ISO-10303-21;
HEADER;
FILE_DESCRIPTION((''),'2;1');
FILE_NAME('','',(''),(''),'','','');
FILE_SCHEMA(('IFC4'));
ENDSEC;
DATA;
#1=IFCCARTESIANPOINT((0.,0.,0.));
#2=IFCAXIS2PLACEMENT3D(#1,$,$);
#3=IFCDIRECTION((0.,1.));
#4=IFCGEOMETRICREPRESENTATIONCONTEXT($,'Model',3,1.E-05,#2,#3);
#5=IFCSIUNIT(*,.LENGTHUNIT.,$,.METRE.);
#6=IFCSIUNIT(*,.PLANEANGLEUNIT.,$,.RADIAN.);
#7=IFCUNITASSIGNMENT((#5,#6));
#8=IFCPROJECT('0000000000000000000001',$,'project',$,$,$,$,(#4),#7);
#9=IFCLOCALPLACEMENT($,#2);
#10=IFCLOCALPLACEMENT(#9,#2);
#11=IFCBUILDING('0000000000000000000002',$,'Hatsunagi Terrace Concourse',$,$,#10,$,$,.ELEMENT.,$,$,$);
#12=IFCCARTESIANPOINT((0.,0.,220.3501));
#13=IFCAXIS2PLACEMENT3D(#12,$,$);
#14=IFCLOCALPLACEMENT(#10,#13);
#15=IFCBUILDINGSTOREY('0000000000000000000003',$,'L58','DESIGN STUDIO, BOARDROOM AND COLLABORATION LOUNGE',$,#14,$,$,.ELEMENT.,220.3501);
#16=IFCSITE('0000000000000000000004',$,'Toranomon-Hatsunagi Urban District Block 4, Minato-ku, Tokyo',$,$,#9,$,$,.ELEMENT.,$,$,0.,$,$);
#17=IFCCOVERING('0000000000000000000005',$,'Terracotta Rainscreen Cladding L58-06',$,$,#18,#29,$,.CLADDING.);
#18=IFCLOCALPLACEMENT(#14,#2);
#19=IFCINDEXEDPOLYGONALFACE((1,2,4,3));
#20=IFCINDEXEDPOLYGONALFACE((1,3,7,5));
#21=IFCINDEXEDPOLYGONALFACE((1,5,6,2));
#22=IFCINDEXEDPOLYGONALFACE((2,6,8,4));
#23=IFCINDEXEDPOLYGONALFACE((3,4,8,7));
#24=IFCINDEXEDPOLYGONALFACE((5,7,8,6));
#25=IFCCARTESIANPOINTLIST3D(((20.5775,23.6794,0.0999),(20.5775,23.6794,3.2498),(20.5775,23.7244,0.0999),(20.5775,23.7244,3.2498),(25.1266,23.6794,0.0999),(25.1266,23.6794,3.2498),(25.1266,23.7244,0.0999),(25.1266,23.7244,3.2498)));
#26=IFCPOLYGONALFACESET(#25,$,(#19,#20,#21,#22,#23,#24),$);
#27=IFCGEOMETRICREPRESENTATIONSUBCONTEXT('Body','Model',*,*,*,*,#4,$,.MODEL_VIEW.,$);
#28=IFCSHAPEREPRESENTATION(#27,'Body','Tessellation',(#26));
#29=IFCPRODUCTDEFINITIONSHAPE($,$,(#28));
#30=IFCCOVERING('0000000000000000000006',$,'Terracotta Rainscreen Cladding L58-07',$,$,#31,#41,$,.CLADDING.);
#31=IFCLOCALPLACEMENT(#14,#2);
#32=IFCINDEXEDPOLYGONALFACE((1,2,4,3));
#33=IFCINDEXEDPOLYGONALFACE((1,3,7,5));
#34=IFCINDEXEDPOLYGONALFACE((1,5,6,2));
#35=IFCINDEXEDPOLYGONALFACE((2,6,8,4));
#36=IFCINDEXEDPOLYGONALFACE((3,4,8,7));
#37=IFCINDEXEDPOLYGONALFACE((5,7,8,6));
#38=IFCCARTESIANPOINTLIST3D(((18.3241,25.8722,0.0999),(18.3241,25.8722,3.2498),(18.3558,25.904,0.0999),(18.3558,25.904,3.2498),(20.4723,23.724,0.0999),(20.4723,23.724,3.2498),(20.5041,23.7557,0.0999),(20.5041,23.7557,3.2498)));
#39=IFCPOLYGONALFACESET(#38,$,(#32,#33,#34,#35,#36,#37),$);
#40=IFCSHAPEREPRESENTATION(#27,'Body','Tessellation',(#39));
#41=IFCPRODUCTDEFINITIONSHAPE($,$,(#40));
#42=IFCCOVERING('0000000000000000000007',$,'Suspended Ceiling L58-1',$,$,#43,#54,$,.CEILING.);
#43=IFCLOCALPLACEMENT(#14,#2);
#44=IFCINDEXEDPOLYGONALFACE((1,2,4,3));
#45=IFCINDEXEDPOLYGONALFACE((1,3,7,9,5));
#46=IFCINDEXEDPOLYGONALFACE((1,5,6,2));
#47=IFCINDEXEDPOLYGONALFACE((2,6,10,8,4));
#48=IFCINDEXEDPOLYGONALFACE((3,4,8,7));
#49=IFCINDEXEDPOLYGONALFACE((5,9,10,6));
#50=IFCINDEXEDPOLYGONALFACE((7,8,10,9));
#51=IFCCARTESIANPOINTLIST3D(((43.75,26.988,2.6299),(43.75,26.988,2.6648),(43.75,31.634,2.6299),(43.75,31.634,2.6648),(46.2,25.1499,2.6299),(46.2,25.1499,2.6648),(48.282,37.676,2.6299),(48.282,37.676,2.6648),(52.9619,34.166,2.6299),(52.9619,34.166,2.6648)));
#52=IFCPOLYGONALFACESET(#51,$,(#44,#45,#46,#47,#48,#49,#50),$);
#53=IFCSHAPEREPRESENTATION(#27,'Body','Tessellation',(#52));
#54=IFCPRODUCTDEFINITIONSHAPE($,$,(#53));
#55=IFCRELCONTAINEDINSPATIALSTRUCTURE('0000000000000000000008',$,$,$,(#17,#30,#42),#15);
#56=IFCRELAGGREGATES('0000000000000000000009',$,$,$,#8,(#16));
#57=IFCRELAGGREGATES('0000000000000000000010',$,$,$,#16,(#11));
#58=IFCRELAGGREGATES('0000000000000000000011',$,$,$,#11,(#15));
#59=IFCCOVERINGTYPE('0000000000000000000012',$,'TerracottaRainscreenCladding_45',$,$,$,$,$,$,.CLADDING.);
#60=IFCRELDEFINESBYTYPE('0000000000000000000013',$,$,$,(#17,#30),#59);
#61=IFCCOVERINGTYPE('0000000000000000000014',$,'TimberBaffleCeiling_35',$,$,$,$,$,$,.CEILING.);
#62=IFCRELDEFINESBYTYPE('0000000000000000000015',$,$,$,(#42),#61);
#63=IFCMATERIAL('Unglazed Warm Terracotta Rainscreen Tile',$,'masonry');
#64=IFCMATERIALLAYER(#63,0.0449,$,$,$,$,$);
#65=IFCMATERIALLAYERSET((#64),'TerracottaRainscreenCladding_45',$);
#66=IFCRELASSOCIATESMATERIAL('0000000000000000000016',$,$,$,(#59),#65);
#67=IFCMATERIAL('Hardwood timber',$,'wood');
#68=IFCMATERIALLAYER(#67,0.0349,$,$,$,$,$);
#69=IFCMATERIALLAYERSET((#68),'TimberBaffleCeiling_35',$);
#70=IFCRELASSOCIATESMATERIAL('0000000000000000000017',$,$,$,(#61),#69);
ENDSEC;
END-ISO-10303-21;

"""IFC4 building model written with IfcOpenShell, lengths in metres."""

from ifc_helpers import new_model, si_unit, direction, frame, origin, origin_2d, place, context, subcontext, project, spatial, polyline, rectangle, outline, extrude, material, layer, layer_set, type_object, element, save


model = new_model("IFC4")

# Units and contexts
model_context = context("Model", 3, precision=1e-05, world=origin(), true_north=direction((0.0, 1.0)))
body_context = subcontext(model_context, "Body", "Model", "MODEL_VIEW")
ifc_project = project(units=[si_unit("LENGTHUNIT", "METRE"), si_unit("PLANEANGLEUNIT", "RADIAN")], contexts=[model_context])

# Site, building, storey
site_placement = place(None, origin())
site = spatial("IfcSite", under=ifc_project, at=site_placement, Name="Toranomon-Hatsunagi Urban District Block 4, Minato-ku, Tokyo", CompositionType="ELEMENT", RefElevation=0.0)
building_placement = place(site_placement, origin())
building = spatial("IfcBuilding", under=site, at=building_placement, Name="Hatsunagi Terrace Concourse", CompositionType="ELEMENT")
storey_placement = place(building_placement, frame((0.0, 0.0, 220.3501)))
storey = spatial("IfcBuildingStorey", under=building, at=storey_placement, Name="L58", Description="DESIGN STUDIO, BOARDROOM AND COLLABORATION LOUNGE", CompositionType="ELEMENT", Elevation=220.3501)

# Coverings
ifc_material_1 = material(Name="Unglazed Warm Terracotta Rainscreen Tile", Category="masonry")
ifc_layer_1 = layer(ifc_material_1, 0.0449)
ifc_layer_set_1 = layer_set([ifc_layer_1], Name="TerracottaRainscreenCladding_45")
covering_type_1 = type_object("IfcCoveringType", Name="TerracottaRainscreenCladding_45", PredefinedType="CLADDING", material=ifc_layer_set_1)
covering_1_placement = place(storey_placement, frame((22.8521, 23.7019, 0.0999), z_axis=(0.0, 0.0, 1.0), x_axis=(-1.0, 0.0, 0.0)))
element("IfcCovering", 1, at=covering_1_placement, inside=storey, type_object=covering_type_1, Name="Terracotta Rainscreen Cladding L58-06", PredefinedType="CLADDING", context=body_context, shape_type="SweptSolid", body=[
    extrude(rectangle(XDim=4.5491, YDim=0.0449, at=origin_2d()), origin(), (0.0, 0.0, 1.0), 3.1499),
])
covering_2_placement = place(storey_placement, frame((19.4141, 24.814, 0.0999), z_axis=(0.0, 0.0, 1.0), x_axis=(-0.707107, 0.707107, 0.0)))
element("IfcCovering", 2, at=covering_2_placement, inside=storey, type_object=covering_type_1, Name="Terracotta Rainscreen Cladding L58-07", PredefinedType="CLADDING", context=body_context, shape_type="SweptSolid", body=[
    extrude(rectangle(XDim=3.0381, YDim=0.0449, at=origin_2d()), origin(), (0.0, 0.0, 1.0), 3.1499),
])
ifc_material_2 = material(Name="Hardwood timber", Category="wood")
ifc_layer_2 = layer(ifc_material_2, 0.0349)
ifc_layer_set_2 = layer_set([ifc_layer_2], Name="TimberBaffleCeiling_35")
covering_type_2 = type_object("IfcCoveringType", Name="TimberBaffleCeiling_35", PredefinedType="CEILING", material=ifc_layer_set_2)
covering_3_placement = place(storey_placement, frame((0.0, 0.0, 2.6299)))
element("IfcCovering", 3, at=covering_3_placement, inside=storey, type_object=covering_type_2, Name="Suspended Ceiling L58-1", PredefinedType="CEILING", context=body_context, shape_type="SweptSolid", body=[
    extrude(outline(polyline([(48.282, 37.676), (43.75, 31.634), (43.75, 26.988), (46.2, 25.1499), (52.9619, 34.166), (48.282, 37.676)])), origin(), (0.0, 0.0, 1.0), 0.0349),
])

save(model, "model.ifc")
